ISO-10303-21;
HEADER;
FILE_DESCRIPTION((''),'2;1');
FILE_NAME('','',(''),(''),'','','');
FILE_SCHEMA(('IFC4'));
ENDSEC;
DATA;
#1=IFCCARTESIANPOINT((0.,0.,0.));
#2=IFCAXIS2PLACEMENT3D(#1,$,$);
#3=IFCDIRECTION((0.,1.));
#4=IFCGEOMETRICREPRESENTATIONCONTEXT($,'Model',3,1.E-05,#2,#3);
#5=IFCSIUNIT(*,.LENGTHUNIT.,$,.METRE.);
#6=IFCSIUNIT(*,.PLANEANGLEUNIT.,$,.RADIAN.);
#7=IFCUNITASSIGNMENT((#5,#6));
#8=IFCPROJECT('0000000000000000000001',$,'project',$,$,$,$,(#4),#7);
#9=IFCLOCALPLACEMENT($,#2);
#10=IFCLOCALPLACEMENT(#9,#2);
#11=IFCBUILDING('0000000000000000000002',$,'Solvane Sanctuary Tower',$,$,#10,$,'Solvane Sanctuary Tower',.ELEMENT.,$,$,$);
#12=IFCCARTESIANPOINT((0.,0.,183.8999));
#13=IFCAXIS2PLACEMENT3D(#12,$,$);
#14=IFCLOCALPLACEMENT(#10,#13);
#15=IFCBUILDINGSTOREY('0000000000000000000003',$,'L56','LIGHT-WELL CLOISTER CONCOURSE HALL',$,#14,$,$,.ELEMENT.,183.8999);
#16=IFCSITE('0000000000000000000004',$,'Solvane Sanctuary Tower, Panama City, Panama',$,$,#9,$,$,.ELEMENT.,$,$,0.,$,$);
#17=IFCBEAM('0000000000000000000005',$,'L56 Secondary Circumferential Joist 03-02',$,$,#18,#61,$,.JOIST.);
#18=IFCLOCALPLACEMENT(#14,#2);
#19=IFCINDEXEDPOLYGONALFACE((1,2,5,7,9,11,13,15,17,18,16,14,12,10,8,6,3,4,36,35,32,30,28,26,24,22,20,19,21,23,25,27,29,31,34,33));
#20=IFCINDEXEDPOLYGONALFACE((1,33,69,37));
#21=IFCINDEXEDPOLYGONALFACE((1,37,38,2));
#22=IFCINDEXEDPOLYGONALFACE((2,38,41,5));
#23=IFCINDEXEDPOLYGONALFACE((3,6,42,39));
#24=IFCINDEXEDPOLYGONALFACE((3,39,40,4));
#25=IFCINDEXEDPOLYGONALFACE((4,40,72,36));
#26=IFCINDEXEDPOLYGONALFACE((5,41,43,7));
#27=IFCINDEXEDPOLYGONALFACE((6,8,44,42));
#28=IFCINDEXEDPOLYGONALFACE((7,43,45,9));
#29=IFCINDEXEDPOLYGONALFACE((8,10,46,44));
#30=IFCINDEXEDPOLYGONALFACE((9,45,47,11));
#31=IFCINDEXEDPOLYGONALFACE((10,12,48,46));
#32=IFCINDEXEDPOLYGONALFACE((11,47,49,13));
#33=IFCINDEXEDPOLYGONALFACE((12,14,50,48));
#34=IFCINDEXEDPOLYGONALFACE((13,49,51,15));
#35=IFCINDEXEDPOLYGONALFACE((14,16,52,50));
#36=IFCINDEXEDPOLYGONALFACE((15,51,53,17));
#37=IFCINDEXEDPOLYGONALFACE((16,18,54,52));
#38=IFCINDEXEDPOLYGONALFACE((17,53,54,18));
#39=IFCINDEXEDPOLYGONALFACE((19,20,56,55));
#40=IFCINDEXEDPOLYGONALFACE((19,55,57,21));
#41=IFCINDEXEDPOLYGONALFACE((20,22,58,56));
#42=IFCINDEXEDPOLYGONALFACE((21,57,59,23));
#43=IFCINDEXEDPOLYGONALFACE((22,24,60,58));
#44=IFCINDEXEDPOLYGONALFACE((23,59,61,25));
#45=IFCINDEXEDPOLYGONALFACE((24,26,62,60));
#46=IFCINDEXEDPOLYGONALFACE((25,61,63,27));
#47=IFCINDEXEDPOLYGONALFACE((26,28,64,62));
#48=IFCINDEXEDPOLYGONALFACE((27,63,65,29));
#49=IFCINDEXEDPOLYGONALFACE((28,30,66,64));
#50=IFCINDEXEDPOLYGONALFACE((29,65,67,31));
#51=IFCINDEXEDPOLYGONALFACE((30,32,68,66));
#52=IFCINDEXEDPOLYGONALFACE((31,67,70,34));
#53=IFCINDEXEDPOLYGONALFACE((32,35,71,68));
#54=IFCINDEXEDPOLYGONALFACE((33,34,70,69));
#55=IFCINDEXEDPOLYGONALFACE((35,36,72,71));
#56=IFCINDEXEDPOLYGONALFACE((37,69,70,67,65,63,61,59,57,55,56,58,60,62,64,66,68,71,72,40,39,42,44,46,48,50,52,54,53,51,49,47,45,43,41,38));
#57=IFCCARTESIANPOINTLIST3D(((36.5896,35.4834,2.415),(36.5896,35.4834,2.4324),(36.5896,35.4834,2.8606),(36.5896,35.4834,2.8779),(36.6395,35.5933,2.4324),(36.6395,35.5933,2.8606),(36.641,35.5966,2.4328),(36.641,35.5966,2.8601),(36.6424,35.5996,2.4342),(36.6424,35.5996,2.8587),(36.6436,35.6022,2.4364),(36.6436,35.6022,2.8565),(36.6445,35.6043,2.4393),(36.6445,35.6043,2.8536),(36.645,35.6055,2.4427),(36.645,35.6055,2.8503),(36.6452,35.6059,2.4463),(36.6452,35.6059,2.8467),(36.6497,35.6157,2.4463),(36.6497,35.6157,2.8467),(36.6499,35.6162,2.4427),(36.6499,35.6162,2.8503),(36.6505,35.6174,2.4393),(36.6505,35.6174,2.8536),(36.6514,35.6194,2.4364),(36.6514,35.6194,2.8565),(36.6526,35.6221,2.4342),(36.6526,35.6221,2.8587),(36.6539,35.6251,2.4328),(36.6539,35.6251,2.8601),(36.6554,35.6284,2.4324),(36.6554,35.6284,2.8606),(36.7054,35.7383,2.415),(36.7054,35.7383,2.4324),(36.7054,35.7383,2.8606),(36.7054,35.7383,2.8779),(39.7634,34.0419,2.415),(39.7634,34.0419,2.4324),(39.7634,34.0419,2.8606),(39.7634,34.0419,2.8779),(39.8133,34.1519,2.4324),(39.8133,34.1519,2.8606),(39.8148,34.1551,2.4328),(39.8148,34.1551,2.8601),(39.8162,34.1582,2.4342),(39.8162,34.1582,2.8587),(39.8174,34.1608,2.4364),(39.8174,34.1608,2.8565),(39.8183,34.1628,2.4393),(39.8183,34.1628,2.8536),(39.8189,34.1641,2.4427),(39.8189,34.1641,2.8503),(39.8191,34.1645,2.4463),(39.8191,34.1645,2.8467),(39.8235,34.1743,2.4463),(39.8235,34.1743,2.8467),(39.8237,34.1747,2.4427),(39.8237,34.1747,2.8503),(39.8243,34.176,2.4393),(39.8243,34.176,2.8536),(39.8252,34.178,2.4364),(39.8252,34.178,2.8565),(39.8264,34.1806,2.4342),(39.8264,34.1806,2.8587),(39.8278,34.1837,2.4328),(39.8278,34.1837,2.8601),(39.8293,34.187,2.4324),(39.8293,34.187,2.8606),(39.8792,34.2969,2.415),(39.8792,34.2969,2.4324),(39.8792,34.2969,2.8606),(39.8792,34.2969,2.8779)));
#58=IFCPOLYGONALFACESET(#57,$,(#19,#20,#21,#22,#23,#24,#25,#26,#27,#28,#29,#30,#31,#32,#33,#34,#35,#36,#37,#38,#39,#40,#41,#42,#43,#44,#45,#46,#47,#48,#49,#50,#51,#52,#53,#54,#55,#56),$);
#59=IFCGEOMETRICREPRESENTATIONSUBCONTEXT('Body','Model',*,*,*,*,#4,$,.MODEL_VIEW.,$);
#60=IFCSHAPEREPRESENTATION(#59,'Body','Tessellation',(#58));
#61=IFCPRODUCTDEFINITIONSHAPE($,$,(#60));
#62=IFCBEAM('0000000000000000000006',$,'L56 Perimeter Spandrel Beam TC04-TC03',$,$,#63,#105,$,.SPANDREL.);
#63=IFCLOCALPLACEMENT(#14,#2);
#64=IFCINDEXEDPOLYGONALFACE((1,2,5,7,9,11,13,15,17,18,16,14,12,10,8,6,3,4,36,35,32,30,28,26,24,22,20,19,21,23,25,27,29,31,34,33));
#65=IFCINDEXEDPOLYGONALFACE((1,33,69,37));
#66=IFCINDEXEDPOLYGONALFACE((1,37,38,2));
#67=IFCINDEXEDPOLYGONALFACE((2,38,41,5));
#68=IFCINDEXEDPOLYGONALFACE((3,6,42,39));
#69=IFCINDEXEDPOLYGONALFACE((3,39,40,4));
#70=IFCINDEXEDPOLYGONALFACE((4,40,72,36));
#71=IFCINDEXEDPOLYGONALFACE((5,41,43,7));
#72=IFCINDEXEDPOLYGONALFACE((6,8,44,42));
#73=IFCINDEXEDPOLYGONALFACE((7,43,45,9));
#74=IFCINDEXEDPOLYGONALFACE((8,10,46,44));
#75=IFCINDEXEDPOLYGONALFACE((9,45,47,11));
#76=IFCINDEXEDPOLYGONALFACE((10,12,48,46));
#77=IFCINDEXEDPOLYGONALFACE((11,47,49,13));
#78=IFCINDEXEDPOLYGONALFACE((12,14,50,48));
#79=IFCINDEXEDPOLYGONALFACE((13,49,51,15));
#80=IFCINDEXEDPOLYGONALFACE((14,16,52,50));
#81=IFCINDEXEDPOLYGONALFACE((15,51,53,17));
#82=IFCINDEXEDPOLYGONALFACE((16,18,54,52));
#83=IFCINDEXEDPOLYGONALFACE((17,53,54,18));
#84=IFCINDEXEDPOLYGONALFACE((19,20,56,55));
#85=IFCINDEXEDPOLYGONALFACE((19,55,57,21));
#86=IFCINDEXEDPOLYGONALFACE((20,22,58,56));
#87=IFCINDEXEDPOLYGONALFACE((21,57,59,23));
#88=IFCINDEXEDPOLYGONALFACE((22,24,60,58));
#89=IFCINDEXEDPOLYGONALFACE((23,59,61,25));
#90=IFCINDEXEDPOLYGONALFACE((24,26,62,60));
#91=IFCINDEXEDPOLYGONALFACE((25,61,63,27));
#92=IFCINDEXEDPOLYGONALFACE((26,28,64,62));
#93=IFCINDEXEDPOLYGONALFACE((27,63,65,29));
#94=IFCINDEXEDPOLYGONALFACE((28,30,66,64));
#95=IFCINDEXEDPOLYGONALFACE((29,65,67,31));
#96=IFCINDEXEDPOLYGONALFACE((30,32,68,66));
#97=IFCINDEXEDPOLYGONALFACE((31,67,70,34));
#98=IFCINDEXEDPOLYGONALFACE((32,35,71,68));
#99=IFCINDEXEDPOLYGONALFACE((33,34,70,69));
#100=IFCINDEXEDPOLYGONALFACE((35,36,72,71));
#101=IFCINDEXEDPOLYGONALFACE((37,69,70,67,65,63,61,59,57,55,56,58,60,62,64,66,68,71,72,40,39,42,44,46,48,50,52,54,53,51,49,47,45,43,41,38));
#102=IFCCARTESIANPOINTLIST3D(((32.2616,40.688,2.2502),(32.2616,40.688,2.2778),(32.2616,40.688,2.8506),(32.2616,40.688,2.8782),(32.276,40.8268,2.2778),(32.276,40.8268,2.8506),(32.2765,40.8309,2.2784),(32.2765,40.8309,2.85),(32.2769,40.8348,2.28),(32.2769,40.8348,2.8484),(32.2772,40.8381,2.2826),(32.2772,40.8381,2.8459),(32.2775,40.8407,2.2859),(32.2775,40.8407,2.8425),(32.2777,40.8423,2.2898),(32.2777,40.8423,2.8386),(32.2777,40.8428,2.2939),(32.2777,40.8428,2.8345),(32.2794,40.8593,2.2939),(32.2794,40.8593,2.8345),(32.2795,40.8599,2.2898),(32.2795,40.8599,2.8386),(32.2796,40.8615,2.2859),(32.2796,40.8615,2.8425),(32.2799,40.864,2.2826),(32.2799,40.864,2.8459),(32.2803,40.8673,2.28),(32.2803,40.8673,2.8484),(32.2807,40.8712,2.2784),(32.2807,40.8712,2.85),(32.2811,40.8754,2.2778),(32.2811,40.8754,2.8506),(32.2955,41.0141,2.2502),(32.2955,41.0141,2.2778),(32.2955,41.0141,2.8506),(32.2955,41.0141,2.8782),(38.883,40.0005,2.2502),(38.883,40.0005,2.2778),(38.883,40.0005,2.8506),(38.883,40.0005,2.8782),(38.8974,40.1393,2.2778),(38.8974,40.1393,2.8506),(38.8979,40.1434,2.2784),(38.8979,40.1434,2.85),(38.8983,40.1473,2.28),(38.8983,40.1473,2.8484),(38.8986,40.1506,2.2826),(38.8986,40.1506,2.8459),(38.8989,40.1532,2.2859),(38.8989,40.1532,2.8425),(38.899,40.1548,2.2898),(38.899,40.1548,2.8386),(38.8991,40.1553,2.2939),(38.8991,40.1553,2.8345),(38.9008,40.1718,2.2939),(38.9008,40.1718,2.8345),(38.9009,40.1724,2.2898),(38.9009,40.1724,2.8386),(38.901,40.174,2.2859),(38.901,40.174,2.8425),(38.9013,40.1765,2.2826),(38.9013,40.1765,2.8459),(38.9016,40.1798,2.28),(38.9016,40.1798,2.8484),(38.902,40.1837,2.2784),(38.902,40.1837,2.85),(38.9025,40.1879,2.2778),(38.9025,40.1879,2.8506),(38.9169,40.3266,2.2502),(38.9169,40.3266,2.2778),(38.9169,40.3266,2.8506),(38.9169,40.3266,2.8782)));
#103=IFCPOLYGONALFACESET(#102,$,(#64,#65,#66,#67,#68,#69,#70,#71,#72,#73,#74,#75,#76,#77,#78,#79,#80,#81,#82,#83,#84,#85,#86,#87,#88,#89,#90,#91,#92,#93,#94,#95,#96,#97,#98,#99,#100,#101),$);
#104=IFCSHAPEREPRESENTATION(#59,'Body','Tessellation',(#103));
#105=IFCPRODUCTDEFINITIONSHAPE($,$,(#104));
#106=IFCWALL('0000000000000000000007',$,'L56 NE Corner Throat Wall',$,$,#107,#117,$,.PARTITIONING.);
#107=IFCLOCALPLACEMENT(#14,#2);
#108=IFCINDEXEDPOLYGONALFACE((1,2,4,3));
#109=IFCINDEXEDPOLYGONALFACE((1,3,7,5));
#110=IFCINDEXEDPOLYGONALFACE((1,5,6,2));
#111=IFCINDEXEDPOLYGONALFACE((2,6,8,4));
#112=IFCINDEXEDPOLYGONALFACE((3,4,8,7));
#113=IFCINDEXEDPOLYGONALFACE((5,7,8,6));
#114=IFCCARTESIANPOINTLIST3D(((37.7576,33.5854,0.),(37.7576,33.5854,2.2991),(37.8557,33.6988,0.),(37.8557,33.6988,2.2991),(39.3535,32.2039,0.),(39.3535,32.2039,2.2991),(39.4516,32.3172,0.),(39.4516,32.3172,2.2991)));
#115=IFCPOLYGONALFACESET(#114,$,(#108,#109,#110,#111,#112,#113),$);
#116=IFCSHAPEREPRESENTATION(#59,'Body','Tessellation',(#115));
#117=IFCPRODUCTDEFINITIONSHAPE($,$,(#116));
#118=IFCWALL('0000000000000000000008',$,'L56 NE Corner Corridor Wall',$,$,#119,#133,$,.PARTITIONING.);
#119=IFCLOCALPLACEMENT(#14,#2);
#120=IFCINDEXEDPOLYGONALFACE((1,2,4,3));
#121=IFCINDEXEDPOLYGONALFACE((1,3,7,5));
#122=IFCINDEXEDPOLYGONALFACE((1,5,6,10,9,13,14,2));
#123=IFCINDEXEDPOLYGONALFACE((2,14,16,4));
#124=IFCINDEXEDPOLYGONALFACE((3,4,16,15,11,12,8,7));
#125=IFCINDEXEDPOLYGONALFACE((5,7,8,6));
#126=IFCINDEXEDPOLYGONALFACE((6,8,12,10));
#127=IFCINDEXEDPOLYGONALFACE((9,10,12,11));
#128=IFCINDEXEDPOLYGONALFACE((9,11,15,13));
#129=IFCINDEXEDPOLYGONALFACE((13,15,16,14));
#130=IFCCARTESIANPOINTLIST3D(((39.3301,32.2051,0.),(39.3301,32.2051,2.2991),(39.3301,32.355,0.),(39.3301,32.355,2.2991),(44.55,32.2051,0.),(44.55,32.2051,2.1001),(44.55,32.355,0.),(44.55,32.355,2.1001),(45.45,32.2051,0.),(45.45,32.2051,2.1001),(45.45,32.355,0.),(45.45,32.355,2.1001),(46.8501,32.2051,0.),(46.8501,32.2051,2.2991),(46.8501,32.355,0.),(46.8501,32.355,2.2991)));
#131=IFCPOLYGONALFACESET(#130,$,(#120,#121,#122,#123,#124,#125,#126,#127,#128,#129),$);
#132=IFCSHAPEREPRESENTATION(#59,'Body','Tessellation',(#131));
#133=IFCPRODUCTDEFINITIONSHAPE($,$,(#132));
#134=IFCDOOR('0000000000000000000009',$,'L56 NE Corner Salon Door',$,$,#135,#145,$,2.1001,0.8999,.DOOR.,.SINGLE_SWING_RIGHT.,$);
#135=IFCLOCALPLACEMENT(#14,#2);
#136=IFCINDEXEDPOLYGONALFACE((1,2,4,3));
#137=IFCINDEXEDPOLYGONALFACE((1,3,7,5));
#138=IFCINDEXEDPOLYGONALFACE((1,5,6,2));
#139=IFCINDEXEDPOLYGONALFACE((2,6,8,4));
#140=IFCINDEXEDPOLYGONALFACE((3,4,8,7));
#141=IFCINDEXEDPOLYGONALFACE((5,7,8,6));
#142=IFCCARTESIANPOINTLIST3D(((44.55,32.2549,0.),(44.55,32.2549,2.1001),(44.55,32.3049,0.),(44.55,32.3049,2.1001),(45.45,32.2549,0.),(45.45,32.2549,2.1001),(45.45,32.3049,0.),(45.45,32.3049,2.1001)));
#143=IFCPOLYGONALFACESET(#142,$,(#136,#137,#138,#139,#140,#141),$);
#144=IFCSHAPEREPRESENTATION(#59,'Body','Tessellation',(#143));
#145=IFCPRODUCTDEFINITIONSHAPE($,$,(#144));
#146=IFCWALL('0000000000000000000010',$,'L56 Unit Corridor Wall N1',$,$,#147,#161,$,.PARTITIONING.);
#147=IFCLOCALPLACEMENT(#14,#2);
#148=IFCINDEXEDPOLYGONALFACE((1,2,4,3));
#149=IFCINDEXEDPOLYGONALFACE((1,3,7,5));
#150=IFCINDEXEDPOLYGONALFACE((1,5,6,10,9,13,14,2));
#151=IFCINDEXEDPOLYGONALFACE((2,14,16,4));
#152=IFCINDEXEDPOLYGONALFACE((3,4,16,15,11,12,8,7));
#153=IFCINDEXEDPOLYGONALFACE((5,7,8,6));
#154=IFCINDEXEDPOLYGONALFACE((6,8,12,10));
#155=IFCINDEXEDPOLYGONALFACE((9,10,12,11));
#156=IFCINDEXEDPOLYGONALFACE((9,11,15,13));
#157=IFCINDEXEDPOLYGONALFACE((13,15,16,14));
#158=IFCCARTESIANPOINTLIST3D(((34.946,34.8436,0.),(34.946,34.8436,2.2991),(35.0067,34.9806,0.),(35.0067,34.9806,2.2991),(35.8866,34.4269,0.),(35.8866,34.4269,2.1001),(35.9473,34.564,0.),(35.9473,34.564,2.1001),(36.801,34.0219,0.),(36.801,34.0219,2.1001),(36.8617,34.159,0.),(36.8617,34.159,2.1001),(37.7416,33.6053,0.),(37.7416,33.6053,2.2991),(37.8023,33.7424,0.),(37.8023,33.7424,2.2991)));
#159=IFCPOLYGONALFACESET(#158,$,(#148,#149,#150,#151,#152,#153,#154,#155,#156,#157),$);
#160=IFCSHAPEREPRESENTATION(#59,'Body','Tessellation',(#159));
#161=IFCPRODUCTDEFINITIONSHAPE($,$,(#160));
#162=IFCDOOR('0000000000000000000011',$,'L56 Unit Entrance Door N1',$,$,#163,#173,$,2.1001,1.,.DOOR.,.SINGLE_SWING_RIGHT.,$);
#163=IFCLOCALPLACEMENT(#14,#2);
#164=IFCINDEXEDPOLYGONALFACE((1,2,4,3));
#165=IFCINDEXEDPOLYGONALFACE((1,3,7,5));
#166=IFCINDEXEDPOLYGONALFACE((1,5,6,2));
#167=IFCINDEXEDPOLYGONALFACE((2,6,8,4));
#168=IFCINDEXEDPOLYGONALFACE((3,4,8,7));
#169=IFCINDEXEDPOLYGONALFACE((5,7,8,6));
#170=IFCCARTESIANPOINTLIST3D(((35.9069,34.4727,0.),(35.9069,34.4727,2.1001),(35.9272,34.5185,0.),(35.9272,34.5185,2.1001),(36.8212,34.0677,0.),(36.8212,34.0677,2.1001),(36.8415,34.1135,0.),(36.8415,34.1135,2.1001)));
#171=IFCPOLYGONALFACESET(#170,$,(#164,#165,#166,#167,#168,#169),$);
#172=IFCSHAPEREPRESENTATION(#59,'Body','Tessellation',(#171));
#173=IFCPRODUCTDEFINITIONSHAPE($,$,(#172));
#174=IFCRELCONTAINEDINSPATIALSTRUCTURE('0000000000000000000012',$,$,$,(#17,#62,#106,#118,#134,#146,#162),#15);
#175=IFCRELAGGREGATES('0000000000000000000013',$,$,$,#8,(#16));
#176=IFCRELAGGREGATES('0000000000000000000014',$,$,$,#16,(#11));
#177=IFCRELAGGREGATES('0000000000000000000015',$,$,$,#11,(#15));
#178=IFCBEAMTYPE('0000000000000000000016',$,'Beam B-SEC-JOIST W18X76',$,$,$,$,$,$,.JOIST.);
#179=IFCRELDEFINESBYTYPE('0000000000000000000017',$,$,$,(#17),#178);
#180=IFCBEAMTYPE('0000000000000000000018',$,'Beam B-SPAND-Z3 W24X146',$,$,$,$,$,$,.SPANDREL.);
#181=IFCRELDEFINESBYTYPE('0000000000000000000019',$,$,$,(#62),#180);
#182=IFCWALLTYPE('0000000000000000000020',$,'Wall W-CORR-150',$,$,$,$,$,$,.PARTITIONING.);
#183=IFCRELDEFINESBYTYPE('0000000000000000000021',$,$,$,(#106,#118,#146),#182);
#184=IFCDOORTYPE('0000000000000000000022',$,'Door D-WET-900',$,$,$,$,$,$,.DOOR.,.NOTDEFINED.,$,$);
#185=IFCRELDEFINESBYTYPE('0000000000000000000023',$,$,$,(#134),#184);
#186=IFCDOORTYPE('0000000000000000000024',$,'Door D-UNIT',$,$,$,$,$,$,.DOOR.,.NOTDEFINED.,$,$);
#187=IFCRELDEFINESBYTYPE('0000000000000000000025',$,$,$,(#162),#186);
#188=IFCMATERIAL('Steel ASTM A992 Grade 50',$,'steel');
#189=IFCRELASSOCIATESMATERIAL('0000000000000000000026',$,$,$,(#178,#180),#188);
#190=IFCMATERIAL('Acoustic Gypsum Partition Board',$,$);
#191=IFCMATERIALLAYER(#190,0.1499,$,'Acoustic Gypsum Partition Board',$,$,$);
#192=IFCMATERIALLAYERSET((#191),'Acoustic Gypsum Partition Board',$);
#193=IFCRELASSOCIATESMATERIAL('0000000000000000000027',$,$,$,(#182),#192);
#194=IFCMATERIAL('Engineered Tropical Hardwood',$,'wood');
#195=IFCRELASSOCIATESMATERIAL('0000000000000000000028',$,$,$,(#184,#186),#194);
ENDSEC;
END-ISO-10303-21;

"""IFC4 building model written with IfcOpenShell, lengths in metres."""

from ifc_helpers import new_model, si_unit, direction, frame, frame_2d, origin, origin_2d, place, context, subcontext, project, spatial, rectangle, i_section, extrude, material, layer, layer_set, material_profile, profile_set, type_object, element, fill, save


model = new_model("IFC4")

# Units and contexts
model_context = context("Model", 3, precision=1e-05, world=origin(), true_north=direction((0.0, 1.0)))
body_context = subcontext(model_context, "Body", "Model", "MODEL_VIEW")
ifc_project = project(units=[si_unit("LENGTHUNIT", "METRE"), si_unit("PLANEANGLEUNIT", "RADIAN")], contexts=[model_context])

# Site, building, storey
site_placement = place(None, origin())
site = spatial("IfcSite", under=ifc_project, at=site_placement, Name="Solvane Sanctuary Tower, Panama City, Panama", CompositionType="ELEMENT", RefElevation=0.0)
building_placement = place(site_placement, origin())
building = spatial("IfcBuilding", under=site, at=building_placement, Name="Solvane Sanctuary Tower", LongName="Solvane Sanctuary Tower", CompositionType="ELEMENT")
storey_placement = place(building_placement, frame((0.0, 0.0, 183.8999)))
storey = spatial("IfcBuildingStorey", under=building, at=storey_placement, Name="L56", Description="LIGHT-WELL CLOISTER CONCOURSE HALL", CompositionType="ELEMENT", Elevation=183.8999)

# Beams
ifc_material_1 = material(Name="Steel ASTM A992 Grade 50", Category="steel")
ifc_material_profile_1 = material_profile(ifc_material_1, i_section(OverallWidth=0.28, OverallDepth=0.4629, WebThickness=0.0107, FlangeThickness=0.0173, FilletRadius=0.0139, at=origin_2d()), Name="W18X76")
ifc_profile_set_1 = profile_set([ifc_material_profile_1], Name="Steel ASTM A992 Grade 50")
beam_type_1 = type_object("IfcBeamType", Name="Beam B-SEC-JOIST W18X76", PredefinedType="JOIST", material=ifc_profile_set_1)
beam_1_placement = place(storey_placement, frame((36.6475, 35.6108, 2.6465), z_axis=(0.910501, -0.413507, 0.0), x_axis=(0.413507, 0.910501, 0.0)))
element("IfcBeam", 1, at=beam_1_placement, inside=storey, type_object=beam_type_1, Name="L56 Secondary Circumferential Joist 03-02", PredefinedType="JOIST", context=body_context, shape_type="SweptSolid", body=[
    extrude(i_section(OverallWidth=0.28, OverallDepth=0.4629, WebThickness=0.0107, FlangeThickness=0.0173, FilletRadius=0.0139, at=origin_2d()), origin(), (0.0, 0.0, 1.0), 3.4858),
])
ifc_material_profile_2 = material_profile(ifc_material_1, i_section(OverallWidth=0.3279, OverallDepth=0.6279, WebThickness=0.0166, FlangeThickness=0.0276, FilletRadius=0.0161, at=origin_2d()), Name="W24X146")
ifc_profile_set_2 = profile_set([ifc_material_profile_2], Name="Steel ASTM A992 Grade 50")
beam_type_2 = type_object("IfcBeamType", Name="Beam B-SPAND-Z3 W24X146", PredefinedType="SPANDREL", material=ifc_profile_set_2)
beam_2_placement = place(storey_placement, frame((32.2786, 40.8511, 2.5642), z_axis=(0.994653, -0.103276, 0.0), x_axis=(0.103276, 0.994653, 0.0)))
element("IfcBeam", 2, at=beam_2_placement, inside=storey, type_object=beam_type_2, Name="L56 Perimeter Spandrel Beam TC04-TC03", PredefinedType="SPANDREL", context=body_context, shape_type="SweptSolid", body=[
    extrude(i_section(OverallWidth=0.3279, OverallDepth=0.6279, WebThickness=0.0166, FlangeThickness=0.0276, FilletRadius=0.0161, at=origin_2d()), origin(), (0.0, 0.0, 1.0), 6.657),
])

# Wall
ifc_material_2 = material(Name="Acoustic Gypsum Partition Board")
ifc_layer_1 = layer(ifc_material_2, 0.1499, Name="Acoustic Gypsum Partition Board")
ifc_layer_set_1 = layer_set([ifc_layer_1], Name="Acoustic Gypsum Partition Board")
wall_type_1 = type_object("IfcWallType", Name="Wall W-CORR-150", PredefinedType="PARTITIONING", material=ifc_layer_set_1)
wall_1_placement = place(storey_placement, frame((37.8066, 33.6421, 0.0), z_axis=(0.0, 0.0, 1.0), x_axis=(0.756055, -0.654508, 0.0)))
element("IfcWall", 3, at=wall_1_placement, inside=storey, type_object=wall_type_1, Name="L56 NE Corner Throat Wall", PredefinedType="PARTITIONING", context=body_context, shape_type="SweptSolid", body=[
    extrude(rectangle(XDim=2.1108, YDim=0.1499, at=frame_2d((1.0554, 0.0))), origin(), (0.0, 0.0, 1.0), 2.2991),
])

# Walls, openings, doors
wall_2_placement = place(storey_placement, frame((39.3301, 32.28, 0.0), z_axis=(0.0, 0.0, 1.0), x_axis=(1.0, 0.0, 0.0)))
wall_2 = element("IfcWall", 4, at=wall_2_placement, inside=storey, type_object=wall_type_1, Name="L56 NE Corner Corridor Wall", PredefinedType="PARTITIONING", context=body_context, shape_type="SweptSolid", body=[
    extrude(rectangle(XDim=7.52, YDim=0.1499, at=frame_2d((3.76, 0.0))), origin(), (0.0, 0.0, 1.0), 2.2991),
])
opening_1_placement = place(wall_2_placement, frame((5.22, 0.0, 0.0)))
opening_1 = element("IfcOpeningElement", 5, at=opening_1_placement, cuts=wall_2, PredefinedType="OPENING", context=body_context, shape_type="SweptSolid", body=[
    extrude(rectangle(XDim=0.8999, YDim=2.1001, at=frame_2d((0.45, 1.05))), frame((0.0, 0.085, 0.0), z_axis=(0.0, -1.0, 0.0), x_axis=(1.0, 0.0, 0.0)), (0.0, 0.0, 1.0), 0.1699),
])
ifc_material_3 = material(Name="Engineered Tropical Hardwood", Category="wood")
door_type_1 = type_object("IfcDoorType", Name="Door D-WET-900", OperationType="NOTDEFINED", PredefinedType="DOOR", material=ifc_material_3)
door_1_placement = place(opening_1_placement, origin())
door_1 = element("IfcDoor", 6, at=door_1_placement, inside=storey, type_object=door_type_1, Name="L56 NE Corner Salon Door", OperationType="SINGLE_SWING_RIGHT", OverallHeight=2.1001, OverallWidth=0.8999, PredefinedType="DOOR", context=body_context, shape_type="SweptSolid", body=[
    extrude(rectangle(XDim=0.8999, YDim=2.1001, at=frame_2d((0.45, 1.05))), frame((0.0, 0.0249, 0.0), z_axis=(0.0, -1.0, 0.0), x_axis=(1.0, 0.0, 0.0)), (0.0, 0.0, 1.0), 0.05),
])
fill(opening_1, door_1)
wall_3_placement = place(storey_placement, frame((37.772, 33.6738, 0.0), z_axis=(0.0, 0.0, 1.0), x_axis=(-0.914324, 0.404982, 0.0)))
wall_3 = element("IfcWall", 7, at=wall_3_placement, inside=storey, type_object=wall_type_1, Name="L56 Unit Corridor Wall N1", PredefinedType="PARTITIONING", context=body_context, shape_type="SweptSolid", body=[
    extrude(rectangle(XDim=3.0576, YDim=0.1499, at=frame_2d((1.5288, 0.0))), origin(), (0.0, 0.0, 1.0), 2.2991),
])
opening_2_placement = place(wall_3_placement, frame((1.0288, 0.0, 0.0)))
opening_2 = element("IfcOpeningElement", 8, at=opening_2_placement, cuts=wall_3, PredefinedType="OPENING", context=body_context, shape_type="SweptSolid", body=[
    extrude(rectangle(XDim=1.0, YDim=2.1001, at=frame_2d((0.5, 1.05))), frame((0.0, 0.085, 0.0), z_axis=(0.0, -1.0, 0.0), x_axis=(1.0, 0.0, 0.0)), (0.0, 0.0, 1.0), 0.1699),
])
door_type_2 = type_object("IfcDoorType", Name="Door D-UNIT", OperationType="NOTDEFINED", PredefinedType="DOOR", material=ifc_material_3)
door_2_placement = place(opening_2_placement, origin())
door_2 = element("IfcDoor", 9, at=door_2_placement, inside=storey, type_object=door_type_2, Name="L56 Unit Entrance Door N1", OperationType="SINGLE_SWING_RIGHT", OverallHeight=2.1001, OverallWidth=1.0, PredefinedType="DOOR", context=body_context, shape_type="SweptSolid", body=[
    extrude(rectangle(XDim=1.0, YDim=2.1001, at=frame_2d((0.5, 1.05))), frame((0.0, 0.0249, 0.0), z_axis=(0.0, -1.0, 0.0), x_axis=(1.0, 0.0, 0.0)), (0.0, 0.0, 1.0), 0.05),
])
fill(opening_2, door_2)

save(model, "model.ifc")
